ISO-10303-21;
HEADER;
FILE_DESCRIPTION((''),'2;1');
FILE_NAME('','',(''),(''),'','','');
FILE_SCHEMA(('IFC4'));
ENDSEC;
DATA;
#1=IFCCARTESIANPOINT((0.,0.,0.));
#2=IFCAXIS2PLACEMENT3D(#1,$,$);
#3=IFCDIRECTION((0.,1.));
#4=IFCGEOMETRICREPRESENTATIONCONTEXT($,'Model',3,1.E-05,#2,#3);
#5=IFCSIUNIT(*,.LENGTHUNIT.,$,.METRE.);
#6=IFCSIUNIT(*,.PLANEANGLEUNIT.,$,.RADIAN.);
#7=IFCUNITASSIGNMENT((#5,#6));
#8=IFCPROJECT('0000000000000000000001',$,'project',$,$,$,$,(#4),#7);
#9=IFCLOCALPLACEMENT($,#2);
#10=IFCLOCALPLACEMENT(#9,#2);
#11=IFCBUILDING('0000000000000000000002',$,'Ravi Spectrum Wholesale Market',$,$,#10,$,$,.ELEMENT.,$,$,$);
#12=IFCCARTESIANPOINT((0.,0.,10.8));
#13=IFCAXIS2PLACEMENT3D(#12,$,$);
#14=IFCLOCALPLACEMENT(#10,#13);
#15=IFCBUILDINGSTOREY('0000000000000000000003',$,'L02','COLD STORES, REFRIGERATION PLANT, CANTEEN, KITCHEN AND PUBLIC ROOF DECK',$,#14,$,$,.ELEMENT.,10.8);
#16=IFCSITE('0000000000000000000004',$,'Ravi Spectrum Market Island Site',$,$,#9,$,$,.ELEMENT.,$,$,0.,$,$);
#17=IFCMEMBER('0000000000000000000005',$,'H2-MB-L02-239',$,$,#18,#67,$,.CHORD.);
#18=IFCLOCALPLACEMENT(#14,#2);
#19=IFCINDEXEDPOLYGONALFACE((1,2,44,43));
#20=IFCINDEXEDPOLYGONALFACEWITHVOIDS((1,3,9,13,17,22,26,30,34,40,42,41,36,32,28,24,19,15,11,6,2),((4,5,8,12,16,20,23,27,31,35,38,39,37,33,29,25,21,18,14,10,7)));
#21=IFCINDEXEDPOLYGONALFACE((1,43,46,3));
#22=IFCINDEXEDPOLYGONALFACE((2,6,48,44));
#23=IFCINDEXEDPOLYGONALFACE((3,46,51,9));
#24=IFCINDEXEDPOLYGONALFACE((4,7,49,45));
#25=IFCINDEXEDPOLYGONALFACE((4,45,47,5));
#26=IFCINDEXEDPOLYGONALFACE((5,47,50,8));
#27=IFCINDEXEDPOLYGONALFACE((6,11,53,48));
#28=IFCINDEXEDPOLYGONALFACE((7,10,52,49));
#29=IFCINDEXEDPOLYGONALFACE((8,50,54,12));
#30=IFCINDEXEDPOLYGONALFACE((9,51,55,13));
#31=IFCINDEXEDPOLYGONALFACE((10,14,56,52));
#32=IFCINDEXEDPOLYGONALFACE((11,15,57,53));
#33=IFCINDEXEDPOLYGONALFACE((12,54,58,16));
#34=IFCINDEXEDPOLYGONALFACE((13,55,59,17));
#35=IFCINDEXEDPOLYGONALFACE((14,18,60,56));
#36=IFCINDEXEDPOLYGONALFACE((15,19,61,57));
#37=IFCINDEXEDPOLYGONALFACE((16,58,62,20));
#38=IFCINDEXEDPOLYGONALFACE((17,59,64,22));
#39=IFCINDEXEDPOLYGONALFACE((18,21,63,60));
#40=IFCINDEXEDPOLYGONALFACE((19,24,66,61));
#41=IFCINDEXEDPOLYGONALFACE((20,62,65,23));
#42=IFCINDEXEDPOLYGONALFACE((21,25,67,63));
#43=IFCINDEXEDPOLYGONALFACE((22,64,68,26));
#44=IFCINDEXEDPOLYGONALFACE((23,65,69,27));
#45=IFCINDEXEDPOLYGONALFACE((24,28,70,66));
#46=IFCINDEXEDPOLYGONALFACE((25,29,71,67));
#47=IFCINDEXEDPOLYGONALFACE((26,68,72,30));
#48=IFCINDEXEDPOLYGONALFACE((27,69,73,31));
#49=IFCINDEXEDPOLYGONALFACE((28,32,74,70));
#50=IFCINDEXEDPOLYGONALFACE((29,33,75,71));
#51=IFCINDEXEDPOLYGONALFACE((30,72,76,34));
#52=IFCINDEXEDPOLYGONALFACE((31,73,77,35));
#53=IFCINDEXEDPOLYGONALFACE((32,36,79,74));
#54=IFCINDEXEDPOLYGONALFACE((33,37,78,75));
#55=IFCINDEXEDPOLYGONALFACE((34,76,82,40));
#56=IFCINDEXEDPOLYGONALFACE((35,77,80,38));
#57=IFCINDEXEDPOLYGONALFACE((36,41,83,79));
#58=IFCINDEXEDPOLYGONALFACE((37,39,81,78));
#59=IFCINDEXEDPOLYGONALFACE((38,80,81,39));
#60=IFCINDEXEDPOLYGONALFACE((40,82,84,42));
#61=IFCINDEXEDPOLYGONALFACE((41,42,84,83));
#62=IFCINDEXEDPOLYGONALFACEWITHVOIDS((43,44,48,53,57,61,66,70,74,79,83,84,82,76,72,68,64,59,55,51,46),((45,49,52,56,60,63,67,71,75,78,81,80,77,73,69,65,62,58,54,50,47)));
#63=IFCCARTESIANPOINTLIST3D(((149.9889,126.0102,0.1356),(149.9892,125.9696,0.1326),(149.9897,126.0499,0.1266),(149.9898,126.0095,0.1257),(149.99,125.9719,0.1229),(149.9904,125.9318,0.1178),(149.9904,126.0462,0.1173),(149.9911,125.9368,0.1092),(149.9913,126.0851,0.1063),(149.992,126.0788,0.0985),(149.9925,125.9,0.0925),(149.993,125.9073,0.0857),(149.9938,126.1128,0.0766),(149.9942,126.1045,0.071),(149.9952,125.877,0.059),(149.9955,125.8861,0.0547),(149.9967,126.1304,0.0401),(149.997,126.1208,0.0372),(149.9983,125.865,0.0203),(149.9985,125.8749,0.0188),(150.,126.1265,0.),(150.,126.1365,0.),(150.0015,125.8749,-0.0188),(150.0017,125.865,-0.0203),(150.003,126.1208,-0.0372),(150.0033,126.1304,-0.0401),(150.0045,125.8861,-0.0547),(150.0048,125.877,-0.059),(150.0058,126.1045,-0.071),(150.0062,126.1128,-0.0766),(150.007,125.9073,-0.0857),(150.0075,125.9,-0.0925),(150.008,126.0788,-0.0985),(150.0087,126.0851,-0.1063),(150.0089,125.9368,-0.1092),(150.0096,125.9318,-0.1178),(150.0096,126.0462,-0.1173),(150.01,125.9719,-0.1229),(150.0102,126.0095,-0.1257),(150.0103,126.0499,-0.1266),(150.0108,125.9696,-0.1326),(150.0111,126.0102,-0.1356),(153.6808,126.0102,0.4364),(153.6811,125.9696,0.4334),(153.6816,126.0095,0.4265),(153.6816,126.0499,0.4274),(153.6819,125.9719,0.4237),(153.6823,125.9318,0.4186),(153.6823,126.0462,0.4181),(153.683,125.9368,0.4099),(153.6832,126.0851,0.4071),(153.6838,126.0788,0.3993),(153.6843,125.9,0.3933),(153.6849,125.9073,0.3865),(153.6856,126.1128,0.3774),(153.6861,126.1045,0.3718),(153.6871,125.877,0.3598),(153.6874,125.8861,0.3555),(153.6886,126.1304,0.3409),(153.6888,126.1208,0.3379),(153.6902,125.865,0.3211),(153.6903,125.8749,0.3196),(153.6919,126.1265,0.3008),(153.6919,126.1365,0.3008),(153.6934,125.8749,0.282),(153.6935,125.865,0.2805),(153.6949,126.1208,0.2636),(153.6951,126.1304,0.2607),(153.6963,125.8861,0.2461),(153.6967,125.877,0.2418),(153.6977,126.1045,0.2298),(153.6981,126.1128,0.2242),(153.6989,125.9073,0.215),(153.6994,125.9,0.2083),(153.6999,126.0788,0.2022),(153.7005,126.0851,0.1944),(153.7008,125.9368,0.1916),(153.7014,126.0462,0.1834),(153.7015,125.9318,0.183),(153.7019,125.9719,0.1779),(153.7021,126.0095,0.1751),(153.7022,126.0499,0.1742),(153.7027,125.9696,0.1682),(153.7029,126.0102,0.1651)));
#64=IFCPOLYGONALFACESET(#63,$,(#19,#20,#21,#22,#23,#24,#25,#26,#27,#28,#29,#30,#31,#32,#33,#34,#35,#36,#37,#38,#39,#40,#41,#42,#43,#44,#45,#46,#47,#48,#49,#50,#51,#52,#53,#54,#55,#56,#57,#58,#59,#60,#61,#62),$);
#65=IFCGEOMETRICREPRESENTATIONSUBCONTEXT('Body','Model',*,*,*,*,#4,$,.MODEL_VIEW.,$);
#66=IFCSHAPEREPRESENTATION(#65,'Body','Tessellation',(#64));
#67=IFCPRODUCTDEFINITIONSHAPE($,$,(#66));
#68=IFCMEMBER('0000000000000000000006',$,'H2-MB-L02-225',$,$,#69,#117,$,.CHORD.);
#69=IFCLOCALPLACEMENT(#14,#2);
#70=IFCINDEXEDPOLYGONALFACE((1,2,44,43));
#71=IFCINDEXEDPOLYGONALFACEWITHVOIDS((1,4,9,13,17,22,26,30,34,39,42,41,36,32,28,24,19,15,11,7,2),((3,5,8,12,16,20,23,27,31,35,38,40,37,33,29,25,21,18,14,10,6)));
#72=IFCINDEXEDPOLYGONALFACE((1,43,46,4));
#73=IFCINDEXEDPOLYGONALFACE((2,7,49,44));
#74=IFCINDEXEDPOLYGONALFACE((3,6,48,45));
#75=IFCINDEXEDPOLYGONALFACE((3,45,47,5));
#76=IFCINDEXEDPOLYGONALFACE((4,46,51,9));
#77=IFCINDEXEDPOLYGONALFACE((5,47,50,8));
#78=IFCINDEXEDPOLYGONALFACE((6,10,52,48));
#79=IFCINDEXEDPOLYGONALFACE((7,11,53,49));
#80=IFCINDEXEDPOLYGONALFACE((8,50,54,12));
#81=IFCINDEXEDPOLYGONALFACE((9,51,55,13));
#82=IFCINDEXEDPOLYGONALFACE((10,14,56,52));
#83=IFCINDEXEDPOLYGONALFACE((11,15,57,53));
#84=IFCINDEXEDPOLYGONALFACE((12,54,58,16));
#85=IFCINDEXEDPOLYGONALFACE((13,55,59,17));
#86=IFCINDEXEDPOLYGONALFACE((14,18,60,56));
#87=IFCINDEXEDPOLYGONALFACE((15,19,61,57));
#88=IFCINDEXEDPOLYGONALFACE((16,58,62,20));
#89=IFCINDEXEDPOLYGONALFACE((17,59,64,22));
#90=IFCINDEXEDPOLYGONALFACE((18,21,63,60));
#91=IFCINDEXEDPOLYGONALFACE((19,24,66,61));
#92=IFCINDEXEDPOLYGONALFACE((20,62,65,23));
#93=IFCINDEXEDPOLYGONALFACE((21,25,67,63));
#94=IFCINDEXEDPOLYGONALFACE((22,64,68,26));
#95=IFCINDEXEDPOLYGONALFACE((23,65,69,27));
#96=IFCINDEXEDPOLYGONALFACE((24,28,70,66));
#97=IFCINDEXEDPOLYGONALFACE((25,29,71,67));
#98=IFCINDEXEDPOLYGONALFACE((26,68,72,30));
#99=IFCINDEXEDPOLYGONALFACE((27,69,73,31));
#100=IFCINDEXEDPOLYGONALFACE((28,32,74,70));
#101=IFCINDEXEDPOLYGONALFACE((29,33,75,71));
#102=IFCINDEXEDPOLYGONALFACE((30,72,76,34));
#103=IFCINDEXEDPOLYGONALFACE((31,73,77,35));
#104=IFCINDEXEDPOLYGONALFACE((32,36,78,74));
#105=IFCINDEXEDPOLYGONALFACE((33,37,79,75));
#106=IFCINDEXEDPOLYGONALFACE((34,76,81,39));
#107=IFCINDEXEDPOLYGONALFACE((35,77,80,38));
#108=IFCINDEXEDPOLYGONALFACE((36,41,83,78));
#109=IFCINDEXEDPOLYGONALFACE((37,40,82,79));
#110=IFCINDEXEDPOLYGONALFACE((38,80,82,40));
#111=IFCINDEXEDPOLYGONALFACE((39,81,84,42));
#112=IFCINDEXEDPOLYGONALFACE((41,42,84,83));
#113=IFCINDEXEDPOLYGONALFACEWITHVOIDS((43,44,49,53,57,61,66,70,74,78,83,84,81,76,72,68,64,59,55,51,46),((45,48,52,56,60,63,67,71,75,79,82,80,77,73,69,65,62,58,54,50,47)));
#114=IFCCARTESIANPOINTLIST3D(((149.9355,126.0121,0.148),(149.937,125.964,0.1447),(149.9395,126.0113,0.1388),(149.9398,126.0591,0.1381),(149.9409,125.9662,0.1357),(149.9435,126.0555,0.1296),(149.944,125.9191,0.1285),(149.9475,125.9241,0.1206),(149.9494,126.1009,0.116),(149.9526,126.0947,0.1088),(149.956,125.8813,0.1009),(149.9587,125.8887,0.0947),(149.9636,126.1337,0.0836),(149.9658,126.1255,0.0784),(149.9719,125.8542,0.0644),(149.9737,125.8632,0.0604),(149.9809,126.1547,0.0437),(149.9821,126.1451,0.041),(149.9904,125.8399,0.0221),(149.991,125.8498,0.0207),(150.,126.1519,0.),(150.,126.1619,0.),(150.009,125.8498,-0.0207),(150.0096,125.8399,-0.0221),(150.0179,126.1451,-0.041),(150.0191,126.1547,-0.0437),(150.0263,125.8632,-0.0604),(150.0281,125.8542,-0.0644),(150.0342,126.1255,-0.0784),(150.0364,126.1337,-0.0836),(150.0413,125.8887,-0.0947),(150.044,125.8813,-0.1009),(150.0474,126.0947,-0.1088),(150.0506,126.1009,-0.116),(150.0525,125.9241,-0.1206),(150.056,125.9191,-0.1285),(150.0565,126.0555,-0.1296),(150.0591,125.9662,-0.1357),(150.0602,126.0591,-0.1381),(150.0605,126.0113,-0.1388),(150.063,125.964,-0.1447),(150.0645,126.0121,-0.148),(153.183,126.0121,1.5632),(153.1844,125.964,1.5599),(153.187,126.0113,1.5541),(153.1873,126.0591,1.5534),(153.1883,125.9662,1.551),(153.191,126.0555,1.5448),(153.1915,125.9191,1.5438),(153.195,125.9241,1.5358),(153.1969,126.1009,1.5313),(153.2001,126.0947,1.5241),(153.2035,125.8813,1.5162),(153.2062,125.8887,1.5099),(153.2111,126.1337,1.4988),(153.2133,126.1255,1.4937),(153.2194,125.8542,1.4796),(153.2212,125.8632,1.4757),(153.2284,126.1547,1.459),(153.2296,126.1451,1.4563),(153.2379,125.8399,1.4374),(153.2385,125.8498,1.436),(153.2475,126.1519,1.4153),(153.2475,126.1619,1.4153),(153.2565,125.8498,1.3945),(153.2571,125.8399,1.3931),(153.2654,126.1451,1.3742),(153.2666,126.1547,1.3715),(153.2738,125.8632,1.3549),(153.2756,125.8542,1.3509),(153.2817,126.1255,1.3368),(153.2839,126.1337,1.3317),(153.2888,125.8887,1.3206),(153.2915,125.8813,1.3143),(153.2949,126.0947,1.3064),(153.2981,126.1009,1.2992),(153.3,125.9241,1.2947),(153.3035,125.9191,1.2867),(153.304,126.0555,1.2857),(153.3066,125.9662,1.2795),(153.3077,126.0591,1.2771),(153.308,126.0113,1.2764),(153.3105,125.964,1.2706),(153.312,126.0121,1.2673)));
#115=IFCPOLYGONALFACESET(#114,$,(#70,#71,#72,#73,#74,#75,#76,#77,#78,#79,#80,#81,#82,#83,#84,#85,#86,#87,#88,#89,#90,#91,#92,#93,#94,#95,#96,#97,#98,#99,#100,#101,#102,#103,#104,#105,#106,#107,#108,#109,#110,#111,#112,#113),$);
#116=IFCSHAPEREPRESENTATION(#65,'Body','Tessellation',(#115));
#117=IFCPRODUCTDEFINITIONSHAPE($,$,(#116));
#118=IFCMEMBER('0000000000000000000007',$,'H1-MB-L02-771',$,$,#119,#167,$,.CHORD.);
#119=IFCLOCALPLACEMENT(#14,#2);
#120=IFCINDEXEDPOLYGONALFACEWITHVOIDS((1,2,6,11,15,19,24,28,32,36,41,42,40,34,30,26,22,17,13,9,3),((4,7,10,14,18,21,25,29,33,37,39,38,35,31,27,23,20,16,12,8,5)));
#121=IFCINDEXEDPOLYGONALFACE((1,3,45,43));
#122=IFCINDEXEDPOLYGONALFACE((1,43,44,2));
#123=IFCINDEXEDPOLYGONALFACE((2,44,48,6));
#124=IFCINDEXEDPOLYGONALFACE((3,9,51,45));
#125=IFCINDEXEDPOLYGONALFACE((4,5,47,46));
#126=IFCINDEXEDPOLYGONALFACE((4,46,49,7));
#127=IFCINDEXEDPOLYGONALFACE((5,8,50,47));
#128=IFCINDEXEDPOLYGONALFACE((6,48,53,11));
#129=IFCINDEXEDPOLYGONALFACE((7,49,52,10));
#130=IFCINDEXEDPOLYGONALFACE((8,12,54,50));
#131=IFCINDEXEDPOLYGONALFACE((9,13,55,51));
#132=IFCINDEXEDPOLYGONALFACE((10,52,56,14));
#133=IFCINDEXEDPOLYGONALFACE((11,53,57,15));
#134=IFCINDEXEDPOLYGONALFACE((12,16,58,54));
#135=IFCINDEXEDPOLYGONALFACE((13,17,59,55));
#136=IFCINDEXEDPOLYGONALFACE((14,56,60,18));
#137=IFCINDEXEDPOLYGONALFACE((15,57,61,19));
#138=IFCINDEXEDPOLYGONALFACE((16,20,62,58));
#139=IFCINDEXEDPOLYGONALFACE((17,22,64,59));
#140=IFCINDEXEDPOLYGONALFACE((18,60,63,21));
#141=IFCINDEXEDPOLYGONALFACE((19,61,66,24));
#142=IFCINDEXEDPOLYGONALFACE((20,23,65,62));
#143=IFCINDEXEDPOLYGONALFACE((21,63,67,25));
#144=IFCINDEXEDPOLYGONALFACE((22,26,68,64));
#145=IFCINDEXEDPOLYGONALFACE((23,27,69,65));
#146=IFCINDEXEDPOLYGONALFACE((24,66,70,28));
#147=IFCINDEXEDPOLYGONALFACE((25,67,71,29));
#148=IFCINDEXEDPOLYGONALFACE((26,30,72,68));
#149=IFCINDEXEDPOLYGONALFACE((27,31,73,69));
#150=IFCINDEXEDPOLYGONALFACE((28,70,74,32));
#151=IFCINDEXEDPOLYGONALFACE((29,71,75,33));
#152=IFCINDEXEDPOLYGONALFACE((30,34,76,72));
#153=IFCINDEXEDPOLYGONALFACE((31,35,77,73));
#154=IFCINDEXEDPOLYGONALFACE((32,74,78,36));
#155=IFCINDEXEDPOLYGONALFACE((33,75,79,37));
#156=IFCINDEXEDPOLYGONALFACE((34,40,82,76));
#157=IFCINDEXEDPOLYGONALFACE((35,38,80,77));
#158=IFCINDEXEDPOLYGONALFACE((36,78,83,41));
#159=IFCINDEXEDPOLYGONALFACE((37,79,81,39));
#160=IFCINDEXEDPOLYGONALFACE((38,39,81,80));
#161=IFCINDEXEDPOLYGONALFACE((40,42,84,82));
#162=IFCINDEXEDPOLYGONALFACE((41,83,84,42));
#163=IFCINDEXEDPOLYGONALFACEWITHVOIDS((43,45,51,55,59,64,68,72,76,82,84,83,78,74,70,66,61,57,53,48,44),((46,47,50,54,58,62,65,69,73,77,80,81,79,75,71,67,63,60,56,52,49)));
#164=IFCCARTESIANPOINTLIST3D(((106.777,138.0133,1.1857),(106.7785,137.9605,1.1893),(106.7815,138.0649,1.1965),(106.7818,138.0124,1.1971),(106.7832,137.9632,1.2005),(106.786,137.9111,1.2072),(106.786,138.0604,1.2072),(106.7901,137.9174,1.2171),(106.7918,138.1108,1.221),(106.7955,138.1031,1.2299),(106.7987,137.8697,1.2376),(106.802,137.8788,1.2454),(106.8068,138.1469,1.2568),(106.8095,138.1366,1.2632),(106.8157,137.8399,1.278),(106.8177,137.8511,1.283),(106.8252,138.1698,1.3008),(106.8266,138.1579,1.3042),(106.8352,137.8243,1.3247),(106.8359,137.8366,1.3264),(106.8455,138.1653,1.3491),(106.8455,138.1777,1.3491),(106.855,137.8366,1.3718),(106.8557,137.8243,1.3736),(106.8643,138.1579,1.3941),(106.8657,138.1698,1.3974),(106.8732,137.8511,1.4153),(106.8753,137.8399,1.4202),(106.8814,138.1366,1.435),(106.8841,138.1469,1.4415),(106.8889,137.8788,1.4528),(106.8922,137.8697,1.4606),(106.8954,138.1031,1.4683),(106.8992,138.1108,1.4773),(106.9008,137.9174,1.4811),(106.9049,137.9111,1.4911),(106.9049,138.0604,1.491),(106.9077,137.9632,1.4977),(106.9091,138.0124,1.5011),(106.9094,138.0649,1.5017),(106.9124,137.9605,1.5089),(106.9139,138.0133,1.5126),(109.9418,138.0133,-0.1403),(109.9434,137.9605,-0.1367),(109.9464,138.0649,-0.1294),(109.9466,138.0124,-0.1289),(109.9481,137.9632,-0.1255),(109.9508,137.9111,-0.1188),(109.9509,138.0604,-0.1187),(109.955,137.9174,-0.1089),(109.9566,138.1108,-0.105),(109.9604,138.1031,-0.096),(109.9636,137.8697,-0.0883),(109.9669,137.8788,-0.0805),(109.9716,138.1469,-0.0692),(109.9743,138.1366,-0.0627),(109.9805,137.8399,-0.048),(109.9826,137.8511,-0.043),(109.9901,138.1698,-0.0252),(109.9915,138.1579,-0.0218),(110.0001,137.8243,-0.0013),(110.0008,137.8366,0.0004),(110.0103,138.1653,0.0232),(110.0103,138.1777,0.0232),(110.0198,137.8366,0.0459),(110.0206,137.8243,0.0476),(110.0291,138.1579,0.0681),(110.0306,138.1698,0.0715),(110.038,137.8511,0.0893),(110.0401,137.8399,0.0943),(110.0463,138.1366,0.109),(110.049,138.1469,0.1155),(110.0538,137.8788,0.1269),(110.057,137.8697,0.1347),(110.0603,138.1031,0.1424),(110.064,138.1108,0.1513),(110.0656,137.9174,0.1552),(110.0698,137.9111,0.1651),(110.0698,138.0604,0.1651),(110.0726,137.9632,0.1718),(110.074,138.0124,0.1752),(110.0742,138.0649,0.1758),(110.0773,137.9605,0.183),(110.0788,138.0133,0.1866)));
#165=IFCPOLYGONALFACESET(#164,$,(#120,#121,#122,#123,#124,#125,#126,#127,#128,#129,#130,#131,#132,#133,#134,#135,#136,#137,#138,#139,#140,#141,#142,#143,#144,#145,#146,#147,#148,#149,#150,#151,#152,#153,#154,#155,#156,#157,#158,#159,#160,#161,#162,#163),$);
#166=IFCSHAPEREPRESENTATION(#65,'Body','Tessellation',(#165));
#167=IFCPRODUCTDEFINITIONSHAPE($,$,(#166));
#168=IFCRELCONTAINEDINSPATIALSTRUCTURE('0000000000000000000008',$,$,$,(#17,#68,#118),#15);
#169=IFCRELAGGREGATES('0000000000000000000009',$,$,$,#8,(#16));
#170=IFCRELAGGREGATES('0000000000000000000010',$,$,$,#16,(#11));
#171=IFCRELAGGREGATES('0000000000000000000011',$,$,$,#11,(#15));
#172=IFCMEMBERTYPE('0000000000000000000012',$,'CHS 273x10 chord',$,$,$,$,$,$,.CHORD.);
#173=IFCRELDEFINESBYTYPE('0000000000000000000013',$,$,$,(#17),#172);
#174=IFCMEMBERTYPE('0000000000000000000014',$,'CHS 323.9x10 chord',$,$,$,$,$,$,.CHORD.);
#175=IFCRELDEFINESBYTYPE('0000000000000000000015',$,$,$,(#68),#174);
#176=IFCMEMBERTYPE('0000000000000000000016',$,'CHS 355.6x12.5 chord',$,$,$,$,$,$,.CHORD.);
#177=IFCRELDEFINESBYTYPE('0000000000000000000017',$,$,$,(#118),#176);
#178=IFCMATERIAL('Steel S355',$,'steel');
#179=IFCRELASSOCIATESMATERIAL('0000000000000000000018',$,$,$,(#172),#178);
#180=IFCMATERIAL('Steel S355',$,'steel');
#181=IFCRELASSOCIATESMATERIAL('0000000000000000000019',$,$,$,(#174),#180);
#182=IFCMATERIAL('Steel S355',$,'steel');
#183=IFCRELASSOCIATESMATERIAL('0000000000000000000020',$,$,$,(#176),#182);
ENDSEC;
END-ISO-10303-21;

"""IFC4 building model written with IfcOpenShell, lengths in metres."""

from ifc_helpers import new_model, si_unit, direction, frame, origin, origin_2d, place, context, subcontext, project, spatial, hollow_circle, extrude, material, material_profile, profile_set, type_object, element, save


model = new_model("IFC4")

# Units and contexts
model_context = context("Model", 3, precision=1e-05, world=origin(), true_north=direction((0.0, 1.0)))
body_context = subcontext(model_context, "Body", "Model", "MODEL_VIEW")
ifc_project = project(units=[si_unit("LENGTHUNIT", "METRE"), si_unit("PLANEANGLEUNIT", "RADIAN")], contexts=[model_context])

# Site, building, storey
site_placement = place(None, origin())
site = spatial("IfcSite", under=ifc_project, at=site_placement, Name="Ravi Spectrum Market Island Site", CompositionType="ELEMENT", RefElevation=0.0)
building_placement = place(site_placement, origin())
building = spatial("IfcBuilding", under=site, at=building_placement, Name="Ravi Spectrum Wholesale Market", CompositionType="ELEMENT")
storey_placement = place(building_placement, frame((0.0, 0.0, 10.8)))
storey = spatial("IfcBuildingStorey", under=building, at=storey_placement, Name="L02", Description="COLD STORES, REFRIGERATION PLANT, CANTEEN, KITCHEN AND PUBLIC ROOF DECK", CompositionType="ELEMENT", Elevation=10.8)

# Members
ifc_material_1 = material(Name="Steel S355", Category="steel")
ifc_material_profile_1 = material_profile(ifc_material_1, hollow_circle(Radius=0.1365, WallThickness=0.01, at=origin_2d()))
ifc_profile_set_1 = profile_set([ifc_material_profile_1], Name="Steel S355")
member_type_1 = type_object("IfcMemberType", Name="CHS 273x10 chord", PredefinedType="CHORD", material=ifc_profile_set_1)
member_1_placement = place(storey_placement, frame((150.0, 126.0, 0.0), z_axis=(0.996698, 0.0, 0.081202), x_axis=(0.0, 1.0, 0.0)))
element("IfcMember", 1, at=member_1_placement, inside=storey, type_object=member_type_1, Name="H2-MB-L02-239", PredefinedType="CHORD", context=body_context, shape_type="SweptSolid", body=[
    extrude(hollow_circle(Radius=0.1365, WallThickness=0.01, at=origin_2d()), origin(), (0.0, 0.0, 1.0), 3.7041),
])
ifc_material_2 = material(Name="Steel S355", Category="steel")
ifc_material_profile_2 = material_profile(ifc_material_2, hollow_circle(Radius=0.1619, WallThickness=0.01, at=origin_2d()))
ifc_profile_set_2 = profile_set([ifc_material_profile_2], Name="Steel S355")
member_type_2 = type_object("IfcMemberType", Name="CHS 323.9x10 chord", PredefinedType="CHORD", material=ifc_profile_set_2)
member_2_placement = place(storey_placement, frame((150.0, 126.0, 0.0), z_axis=(0.916729, 0.0, 0.39951), x_axis=(0.0, 1.0, 0.0)))
element("IfcMember", 2, at=member_2_placement, inside=storey, type_object=member_type_2, Name="H2-MB-L02-225", PredefinedType="CHORD", context=body_context, shape_type="SweptSolid", body=[
    extrude(hollow_circle(Radius=0.1619, WallThickness=0.01, at=origin_2d()), origin(), (0.0, 0.0, 1.0), 3.5425),
])
ifc_material_3 = material(Name="Steel S355", Category="steel")
ifc_material_profile_3 = material_profile(ifc_material_3, hollow_circle(Radius=0.1777, WallThickness=0.0125, at=origin_2d()))
ifc_profile_set_3 = profile_set([ifc_material_profile_3], Name="Steel S355")
member_type_3 = type_object("IfcMemberType", Name="CHS 355.6x12.5 chord", PredefinedType="CHORD", material=ifc_profile_set_3)
for number, where, z_axis, x_axis, name in (
    (3, (106.8455, 138.0, 1.3491), (0.922324, 0.0, -0.386418), (0.0, 1.0, 0.0), "H1-MB-L02-771"),
):
    element("IfcMember", number, at=place(storey_placement, frame(where, z_axis=z_axis, x_axis=x_axis)), inside=storey, type_object=member_type_3, Name=name, PredefinedType="CHORD", context=body_context, shape_type="SweptSolid", body=[
        extrude(hollow_circle(Radius=0.1777, WallThickness=0.0125, at=origin_2d()), origin(), (0.0, 0.0, 1.0), 3.4314),
    ])

save(model, "model.ifc")
